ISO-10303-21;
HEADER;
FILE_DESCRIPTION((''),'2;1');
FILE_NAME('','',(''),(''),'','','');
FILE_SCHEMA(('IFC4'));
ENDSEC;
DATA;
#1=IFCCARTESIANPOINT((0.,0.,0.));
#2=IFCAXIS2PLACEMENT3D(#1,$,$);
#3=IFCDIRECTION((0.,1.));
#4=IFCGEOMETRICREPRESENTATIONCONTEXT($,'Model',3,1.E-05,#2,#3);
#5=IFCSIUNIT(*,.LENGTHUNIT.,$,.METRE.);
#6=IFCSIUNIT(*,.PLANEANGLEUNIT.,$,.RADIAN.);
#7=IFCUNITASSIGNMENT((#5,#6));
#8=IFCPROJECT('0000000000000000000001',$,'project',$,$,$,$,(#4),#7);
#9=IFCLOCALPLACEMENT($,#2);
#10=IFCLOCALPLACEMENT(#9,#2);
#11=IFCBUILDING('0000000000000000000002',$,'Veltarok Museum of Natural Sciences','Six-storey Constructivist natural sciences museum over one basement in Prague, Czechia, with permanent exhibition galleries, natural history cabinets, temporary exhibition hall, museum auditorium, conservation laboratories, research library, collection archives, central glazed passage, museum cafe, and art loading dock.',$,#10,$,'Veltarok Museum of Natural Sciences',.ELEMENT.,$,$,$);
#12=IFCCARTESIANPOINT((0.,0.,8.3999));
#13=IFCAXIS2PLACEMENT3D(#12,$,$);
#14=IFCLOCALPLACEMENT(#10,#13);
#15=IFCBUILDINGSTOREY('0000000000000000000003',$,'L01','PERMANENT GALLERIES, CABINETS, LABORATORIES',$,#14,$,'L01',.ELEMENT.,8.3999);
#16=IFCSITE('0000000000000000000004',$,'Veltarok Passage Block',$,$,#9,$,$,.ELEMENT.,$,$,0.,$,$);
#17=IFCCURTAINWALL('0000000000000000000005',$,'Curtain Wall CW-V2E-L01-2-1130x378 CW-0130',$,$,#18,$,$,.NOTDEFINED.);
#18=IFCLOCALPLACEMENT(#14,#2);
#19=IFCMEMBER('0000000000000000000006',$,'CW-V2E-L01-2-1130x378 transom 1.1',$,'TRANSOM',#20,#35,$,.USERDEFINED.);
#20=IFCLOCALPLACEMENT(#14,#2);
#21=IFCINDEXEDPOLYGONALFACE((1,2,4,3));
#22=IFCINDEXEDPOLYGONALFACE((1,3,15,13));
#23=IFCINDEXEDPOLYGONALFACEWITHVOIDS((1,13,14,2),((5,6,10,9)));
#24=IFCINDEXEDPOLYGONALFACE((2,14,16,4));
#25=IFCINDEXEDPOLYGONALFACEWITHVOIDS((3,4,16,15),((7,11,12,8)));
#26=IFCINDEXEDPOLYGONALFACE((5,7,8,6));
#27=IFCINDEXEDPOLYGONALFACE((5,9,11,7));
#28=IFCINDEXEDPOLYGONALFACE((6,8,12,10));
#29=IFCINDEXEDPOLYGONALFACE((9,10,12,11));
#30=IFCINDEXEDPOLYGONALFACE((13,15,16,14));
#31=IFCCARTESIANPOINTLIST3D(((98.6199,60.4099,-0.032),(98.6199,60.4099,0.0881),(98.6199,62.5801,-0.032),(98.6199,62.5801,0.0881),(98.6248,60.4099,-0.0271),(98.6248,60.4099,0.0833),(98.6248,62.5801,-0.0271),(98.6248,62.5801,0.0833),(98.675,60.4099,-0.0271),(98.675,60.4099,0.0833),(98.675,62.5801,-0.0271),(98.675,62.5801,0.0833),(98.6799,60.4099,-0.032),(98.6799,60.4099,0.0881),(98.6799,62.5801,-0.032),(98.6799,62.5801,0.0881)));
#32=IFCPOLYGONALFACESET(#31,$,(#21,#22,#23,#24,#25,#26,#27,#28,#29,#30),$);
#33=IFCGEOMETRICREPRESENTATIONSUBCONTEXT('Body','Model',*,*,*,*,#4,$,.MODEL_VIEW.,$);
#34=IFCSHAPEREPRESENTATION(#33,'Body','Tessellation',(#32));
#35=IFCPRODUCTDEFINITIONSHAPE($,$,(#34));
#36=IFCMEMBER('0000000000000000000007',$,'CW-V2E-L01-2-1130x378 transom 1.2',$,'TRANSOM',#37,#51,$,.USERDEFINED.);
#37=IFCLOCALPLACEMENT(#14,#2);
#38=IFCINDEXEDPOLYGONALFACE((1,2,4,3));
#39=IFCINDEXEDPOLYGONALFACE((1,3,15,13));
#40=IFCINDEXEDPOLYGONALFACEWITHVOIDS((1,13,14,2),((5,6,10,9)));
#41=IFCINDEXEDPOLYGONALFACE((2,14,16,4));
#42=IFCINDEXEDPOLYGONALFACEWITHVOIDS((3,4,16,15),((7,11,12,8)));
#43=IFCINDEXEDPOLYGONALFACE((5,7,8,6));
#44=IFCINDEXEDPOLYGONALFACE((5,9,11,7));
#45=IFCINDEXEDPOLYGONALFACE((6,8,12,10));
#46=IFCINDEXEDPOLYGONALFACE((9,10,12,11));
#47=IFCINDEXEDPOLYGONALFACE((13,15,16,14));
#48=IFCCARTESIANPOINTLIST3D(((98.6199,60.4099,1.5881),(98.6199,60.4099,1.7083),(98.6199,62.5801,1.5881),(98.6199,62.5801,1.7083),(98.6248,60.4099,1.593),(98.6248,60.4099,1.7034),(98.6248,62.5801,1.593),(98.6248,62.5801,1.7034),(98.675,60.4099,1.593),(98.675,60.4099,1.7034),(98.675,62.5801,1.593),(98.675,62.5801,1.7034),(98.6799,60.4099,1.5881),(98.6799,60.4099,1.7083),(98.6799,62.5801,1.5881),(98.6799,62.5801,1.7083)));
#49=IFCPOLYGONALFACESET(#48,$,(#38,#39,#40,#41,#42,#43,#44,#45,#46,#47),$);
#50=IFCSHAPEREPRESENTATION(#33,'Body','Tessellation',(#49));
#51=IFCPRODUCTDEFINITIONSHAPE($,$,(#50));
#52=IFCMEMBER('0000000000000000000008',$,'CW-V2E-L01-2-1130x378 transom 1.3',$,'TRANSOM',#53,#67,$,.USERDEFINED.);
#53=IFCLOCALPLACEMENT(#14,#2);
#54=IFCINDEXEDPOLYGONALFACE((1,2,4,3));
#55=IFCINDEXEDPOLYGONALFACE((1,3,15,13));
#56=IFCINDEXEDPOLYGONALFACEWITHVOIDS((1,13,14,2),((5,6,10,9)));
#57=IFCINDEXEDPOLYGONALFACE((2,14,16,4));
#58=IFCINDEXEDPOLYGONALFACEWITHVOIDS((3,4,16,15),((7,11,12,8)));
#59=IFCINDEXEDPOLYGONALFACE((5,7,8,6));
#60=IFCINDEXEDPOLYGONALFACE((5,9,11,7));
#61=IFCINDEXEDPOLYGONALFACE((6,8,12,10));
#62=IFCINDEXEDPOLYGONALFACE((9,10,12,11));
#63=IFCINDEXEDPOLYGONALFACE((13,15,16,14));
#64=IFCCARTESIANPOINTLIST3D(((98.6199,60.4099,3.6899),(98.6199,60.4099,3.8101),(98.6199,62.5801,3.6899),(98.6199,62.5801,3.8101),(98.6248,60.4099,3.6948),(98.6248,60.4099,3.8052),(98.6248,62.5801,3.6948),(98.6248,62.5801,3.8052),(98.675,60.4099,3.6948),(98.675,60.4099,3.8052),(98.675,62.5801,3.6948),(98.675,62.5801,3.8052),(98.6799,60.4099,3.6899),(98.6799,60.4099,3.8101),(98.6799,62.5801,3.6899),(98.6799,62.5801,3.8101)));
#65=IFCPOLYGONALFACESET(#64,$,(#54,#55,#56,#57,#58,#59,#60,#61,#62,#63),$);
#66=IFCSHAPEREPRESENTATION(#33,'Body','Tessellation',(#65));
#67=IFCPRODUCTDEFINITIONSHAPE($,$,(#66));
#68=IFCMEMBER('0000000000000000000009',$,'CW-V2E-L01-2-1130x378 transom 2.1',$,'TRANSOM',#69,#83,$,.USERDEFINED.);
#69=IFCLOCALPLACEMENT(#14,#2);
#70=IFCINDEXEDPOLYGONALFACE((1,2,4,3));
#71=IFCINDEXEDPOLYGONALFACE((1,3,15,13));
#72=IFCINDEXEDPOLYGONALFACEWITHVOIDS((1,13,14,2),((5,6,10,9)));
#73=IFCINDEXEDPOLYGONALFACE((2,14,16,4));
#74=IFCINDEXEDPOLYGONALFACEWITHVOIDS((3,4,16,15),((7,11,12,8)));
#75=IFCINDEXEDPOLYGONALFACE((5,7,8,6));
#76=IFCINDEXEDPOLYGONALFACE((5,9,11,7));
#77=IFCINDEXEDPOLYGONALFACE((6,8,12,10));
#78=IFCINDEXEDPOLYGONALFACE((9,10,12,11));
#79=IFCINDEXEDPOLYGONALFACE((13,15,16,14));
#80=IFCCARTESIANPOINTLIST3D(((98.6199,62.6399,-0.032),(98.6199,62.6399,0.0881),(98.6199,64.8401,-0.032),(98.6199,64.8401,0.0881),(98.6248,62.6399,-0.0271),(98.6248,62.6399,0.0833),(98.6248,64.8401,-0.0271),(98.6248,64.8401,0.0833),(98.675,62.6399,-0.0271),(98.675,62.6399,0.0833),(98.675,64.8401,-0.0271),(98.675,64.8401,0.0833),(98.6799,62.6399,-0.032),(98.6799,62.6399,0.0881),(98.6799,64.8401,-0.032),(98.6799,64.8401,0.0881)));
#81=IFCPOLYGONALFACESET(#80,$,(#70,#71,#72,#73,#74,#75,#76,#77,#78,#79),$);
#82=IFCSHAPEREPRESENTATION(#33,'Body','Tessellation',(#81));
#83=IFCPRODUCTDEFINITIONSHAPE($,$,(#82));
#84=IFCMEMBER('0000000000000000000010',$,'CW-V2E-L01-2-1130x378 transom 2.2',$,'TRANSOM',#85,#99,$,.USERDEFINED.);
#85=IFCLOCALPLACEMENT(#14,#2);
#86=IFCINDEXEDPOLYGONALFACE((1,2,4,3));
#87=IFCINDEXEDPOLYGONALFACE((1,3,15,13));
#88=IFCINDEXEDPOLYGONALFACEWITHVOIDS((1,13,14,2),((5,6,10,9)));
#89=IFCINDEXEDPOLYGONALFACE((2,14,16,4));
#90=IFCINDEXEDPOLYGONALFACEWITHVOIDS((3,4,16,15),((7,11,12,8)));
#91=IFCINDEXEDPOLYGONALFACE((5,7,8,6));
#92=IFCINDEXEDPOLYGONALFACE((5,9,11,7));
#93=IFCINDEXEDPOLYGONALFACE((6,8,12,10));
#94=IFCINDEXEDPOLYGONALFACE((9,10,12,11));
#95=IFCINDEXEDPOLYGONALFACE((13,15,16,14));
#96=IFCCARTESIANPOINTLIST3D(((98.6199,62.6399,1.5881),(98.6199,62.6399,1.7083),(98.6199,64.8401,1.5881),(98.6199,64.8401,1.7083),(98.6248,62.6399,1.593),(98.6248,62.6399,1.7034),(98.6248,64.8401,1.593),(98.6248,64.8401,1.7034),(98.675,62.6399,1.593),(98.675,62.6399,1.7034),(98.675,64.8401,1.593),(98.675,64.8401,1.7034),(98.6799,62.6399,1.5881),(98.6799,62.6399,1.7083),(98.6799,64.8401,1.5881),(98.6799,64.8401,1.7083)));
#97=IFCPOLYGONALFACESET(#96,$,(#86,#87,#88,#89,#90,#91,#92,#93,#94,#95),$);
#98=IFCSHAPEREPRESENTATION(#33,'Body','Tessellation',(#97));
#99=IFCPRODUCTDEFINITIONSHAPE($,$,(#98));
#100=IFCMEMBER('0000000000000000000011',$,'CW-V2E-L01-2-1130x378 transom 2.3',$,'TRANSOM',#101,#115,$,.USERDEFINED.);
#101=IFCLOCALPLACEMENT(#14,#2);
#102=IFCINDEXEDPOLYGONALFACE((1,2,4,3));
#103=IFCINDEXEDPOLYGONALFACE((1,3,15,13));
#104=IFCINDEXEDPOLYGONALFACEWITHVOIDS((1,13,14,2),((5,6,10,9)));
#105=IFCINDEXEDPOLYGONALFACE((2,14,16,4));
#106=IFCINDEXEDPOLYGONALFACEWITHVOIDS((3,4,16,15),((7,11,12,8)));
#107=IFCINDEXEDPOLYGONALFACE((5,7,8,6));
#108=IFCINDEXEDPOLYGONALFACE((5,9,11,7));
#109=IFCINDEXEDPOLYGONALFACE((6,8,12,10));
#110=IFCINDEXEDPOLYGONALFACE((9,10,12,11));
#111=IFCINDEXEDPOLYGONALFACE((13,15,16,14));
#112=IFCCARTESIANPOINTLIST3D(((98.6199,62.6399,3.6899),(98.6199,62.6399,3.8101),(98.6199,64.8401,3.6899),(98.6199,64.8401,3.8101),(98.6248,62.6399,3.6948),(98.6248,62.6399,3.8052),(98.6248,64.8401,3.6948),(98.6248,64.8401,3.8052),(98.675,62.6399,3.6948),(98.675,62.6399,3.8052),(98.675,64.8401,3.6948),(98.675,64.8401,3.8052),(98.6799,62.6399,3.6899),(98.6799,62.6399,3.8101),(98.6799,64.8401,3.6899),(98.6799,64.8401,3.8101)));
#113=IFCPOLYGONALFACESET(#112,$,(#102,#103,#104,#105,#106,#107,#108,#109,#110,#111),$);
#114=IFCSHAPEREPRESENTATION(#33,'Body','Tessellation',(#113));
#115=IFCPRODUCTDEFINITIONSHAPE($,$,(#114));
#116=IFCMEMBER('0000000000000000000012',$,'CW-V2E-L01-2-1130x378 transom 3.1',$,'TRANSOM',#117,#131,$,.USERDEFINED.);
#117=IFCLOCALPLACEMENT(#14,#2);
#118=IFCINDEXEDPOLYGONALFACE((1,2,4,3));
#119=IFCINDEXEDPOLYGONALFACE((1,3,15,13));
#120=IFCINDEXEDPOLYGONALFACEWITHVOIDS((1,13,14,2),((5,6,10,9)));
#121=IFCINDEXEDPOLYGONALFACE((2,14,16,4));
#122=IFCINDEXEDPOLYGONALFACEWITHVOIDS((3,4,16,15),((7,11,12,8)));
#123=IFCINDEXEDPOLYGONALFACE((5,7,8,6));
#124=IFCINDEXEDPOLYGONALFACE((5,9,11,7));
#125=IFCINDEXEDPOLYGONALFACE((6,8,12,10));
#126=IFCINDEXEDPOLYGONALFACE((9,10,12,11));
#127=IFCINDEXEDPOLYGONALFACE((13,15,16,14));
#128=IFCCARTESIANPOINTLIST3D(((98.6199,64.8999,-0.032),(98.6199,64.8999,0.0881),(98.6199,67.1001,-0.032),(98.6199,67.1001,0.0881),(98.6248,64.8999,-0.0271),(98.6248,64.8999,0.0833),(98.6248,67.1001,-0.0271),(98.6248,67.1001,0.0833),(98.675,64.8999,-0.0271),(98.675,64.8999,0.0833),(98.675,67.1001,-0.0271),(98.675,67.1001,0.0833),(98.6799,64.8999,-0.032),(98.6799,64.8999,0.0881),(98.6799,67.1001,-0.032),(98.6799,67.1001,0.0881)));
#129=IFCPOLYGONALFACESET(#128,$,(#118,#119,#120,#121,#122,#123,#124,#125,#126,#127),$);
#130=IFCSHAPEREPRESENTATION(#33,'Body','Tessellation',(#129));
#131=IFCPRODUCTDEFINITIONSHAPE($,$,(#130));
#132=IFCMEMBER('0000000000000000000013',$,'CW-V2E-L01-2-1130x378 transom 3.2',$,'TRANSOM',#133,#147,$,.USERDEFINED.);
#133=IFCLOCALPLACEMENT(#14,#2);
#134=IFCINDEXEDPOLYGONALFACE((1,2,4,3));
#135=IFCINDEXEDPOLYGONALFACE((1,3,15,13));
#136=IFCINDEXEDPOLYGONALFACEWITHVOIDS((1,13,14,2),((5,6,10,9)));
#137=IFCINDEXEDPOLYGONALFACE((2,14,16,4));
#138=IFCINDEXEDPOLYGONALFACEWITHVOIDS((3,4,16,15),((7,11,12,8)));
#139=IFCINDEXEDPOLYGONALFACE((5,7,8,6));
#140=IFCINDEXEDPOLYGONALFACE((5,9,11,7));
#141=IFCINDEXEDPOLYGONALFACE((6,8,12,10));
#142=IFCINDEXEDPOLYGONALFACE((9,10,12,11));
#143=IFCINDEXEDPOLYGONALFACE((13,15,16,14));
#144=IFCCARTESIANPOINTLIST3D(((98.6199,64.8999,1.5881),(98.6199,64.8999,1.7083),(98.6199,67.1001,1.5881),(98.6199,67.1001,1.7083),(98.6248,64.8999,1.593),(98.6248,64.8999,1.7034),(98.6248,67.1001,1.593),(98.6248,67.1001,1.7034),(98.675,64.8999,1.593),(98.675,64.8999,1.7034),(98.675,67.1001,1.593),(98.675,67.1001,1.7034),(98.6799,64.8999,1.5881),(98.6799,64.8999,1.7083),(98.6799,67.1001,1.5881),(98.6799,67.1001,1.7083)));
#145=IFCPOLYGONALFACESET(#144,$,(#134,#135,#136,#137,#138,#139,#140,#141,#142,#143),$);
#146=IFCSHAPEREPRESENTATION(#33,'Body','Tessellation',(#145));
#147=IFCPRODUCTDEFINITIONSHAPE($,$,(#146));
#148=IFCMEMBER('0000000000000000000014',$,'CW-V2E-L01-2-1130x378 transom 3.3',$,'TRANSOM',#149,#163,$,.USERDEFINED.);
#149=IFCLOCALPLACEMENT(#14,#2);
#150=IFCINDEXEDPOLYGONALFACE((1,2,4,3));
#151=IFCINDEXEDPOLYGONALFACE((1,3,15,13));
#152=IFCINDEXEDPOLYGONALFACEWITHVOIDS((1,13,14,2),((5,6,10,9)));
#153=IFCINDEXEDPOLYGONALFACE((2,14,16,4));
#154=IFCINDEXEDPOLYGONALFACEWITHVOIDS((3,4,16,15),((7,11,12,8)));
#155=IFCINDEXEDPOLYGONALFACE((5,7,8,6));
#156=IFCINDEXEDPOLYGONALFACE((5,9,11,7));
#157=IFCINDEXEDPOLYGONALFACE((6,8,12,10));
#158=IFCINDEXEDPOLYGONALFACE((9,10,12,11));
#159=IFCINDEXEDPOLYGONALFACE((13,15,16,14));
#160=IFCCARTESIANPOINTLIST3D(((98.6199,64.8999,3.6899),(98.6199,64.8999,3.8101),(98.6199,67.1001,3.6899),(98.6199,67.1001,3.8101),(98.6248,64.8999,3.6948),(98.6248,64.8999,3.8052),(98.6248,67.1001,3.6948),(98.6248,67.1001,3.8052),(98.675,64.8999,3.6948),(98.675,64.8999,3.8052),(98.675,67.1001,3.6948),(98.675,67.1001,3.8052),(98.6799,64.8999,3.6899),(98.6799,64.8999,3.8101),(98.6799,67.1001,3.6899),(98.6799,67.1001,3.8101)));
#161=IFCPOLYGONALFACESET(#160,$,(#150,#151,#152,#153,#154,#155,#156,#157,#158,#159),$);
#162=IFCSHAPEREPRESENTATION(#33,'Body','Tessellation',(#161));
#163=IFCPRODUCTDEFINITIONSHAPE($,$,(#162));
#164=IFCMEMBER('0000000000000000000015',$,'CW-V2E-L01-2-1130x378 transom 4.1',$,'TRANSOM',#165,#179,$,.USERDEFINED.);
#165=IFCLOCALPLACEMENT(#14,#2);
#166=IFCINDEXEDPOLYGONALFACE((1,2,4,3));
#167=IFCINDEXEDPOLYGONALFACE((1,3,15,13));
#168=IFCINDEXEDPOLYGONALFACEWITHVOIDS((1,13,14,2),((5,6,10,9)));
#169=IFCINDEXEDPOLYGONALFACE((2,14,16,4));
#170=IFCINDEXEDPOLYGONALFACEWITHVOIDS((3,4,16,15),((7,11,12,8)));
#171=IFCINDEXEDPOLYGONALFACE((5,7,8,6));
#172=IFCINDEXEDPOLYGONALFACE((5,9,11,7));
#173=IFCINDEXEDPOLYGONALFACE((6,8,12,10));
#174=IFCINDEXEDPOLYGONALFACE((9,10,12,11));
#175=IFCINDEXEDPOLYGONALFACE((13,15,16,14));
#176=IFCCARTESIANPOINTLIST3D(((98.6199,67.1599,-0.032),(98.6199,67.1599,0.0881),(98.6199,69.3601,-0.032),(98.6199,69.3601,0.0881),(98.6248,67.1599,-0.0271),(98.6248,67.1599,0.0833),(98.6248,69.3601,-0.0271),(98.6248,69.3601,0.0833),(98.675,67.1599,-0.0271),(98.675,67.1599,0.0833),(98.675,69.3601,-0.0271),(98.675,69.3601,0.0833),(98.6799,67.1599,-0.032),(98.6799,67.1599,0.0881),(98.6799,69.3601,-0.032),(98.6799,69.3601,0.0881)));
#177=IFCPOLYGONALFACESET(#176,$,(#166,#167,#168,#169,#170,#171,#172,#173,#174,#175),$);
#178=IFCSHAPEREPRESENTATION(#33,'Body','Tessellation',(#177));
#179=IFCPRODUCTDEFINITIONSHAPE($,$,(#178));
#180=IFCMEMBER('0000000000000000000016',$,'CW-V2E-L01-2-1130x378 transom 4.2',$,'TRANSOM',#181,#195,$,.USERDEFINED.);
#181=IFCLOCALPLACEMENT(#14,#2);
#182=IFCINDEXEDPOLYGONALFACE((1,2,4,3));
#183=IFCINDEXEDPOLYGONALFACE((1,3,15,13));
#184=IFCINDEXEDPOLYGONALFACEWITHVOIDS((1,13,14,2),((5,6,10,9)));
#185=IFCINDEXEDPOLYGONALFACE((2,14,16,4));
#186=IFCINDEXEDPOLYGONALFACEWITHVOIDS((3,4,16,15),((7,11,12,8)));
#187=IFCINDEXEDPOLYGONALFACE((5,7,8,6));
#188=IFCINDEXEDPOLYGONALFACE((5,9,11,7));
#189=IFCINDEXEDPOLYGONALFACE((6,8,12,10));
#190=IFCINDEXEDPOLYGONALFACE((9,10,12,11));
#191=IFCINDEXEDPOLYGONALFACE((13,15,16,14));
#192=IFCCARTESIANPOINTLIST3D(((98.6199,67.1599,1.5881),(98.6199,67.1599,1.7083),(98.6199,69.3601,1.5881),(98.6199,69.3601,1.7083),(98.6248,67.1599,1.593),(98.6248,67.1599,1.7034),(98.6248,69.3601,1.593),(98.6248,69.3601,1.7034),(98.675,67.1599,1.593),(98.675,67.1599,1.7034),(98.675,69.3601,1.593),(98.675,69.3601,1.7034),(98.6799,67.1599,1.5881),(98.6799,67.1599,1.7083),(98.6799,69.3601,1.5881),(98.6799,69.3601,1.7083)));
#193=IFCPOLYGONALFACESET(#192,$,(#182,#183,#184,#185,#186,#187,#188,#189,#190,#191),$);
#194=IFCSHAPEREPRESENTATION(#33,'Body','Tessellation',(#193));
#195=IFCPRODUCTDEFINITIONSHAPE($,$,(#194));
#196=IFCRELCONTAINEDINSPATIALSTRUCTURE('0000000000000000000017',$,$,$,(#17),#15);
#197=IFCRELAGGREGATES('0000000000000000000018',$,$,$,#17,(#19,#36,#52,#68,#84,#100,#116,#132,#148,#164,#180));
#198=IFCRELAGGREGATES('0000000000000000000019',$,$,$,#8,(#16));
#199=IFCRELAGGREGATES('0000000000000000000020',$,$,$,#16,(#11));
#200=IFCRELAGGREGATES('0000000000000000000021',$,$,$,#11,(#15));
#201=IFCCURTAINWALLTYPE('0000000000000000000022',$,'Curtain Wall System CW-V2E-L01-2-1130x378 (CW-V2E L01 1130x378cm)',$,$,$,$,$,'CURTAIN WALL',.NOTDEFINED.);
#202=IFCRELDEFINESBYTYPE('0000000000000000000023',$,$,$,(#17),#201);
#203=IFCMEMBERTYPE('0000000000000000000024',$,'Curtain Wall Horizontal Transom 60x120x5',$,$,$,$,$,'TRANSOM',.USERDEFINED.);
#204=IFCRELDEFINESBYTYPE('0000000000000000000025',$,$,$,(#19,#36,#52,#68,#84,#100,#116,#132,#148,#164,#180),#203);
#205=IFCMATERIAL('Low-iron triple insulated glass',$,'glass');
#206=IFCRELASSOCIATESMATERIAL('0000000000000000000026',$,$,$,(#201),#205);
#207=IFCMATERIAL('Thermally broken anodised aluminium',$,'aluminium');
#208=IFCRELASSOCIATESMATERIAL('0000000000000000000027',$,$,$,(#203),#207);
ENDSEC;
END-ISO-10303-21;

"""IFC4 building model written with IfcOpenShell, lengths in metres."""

from ifc_helpers import new_model, si_unit, direction, frame, origin, origin_2d, place, context, subcontext, project, spatial, hollow_rectangle, extrude, material, material_profile, profile_set, type_object, element, aggregate, save


model = new_model("IFC4")

# Units and contexts
model_context = context("Model", 3, precision=1e-05, world=origin(), true_north=direction((0.0, 1.0)))
body_context = subcontext(model_context, "Body", "Model", "MODEL_VIEW")
ifc_project = project(units=[si_unit("LENGTHUNIT", "METRE"), si_unit("PLANEANGLEUNIT", "RADIAN")], contexts=[model_context])

# Site, building, storey
site_placement = place(None, origin())
site = spatial("IfcSite", under=ifc_project, at=site_placement, Name="Veltarok Passage Block", CompositionType="ELEMENT", RefElevation=0.0)
building_placement = place(site_placement, origin())
building = spatial("IfcBuilding", under=site, at=building_placement, Name="Veltarok Museum of Natural Sciences", Description="Six-storey Constructivist natural sciences museum over one basement in Prague, Czechia, with permanent exhibition galleries, natural history cabinets, temporary exhibition hall, museum auditorium, conservation laboratories, research library, collection archives, central glazed passage, museum cafe, and art loading dock.", LongName="Veltarok Museum of Natural Sciences", CompositionType="ELEMENT")
storey_placement = place(building_placement, frame((0.0, 0.0, 8.3999)))
storey = spatial("IfcBuildingStorey", under=building, at=storey_placement, Name="L01", Description="PERMANENT GALLERIES, CABINETS, LABORATORIES", LongName="L01", CompositionType="ELEMENT", Elevation=8.3999)

# Curtain wall, members
ifc_material_1 = material(Name="Low-iron triple insulated glass", Category="glass")
curtain_wall_type_1 = type_object("IfcCurtainWallType", Name="Curtain Wall System CW-V2E-L01-2-1130x378 (CW-V2E L01 1130x378cm)", ElementType="CURTAIN WALL", PredefinedType="NOTDEFINED", material=ifc_material_1)
curtain_wall_1_placement = place(storey_placement, origin())
curtain_wall_1 = element("IfcCurtainWall", 1, at=curtain_wall_1_placement, inside=storey, type_object=curtain_wall_type_1, Name="Curtain Wall CW-V2E-L01-2-1130x378 CW-0130", PredefinedType="NOTDEFINED")
ifc_material_2 = material(Name="Thermally broken anodised aluminium", Category="aluminium")
ifc_material_profile_1 = material_profile(ifc_material_2, hollow_rectangle(XDim=0.0601, YDim=0.1201, WallThickness=0.0049, at=origin_2d()), Name="CW TRANSOM 60x120x5")
ifc_profile_set_1 = profile_set([ifc_material_profile_1], Name="Thermally broken anodised aluminium")
member_type_1 = type_object("IfcMemberType", Name="Curtain Wall Horizontal Transom 60x120x5", ElementType="TRANSOM", PredefinedType="USERDEFINED", material=ifc_profile_set_1)
member_1_placement = place(storey_placement, frame((98.6499, 60.4099, 0.0281), z_axis=(0.0, 1.0, 0.0), x_axis=(-1.0, 0.0, 0.0)))
member_1 = element("IfcMember", 2, at=member_1_placement, type_object=member_type_1, Name="CW-V2E-L01-2-1130x378 transom 1.1", ObjectType="TRANSOM", PredefinedType="USERDEFINED", context=body_context, shape_type="SweptSolid", body=[
    extrude(hollow_rectangle(XDim=0.0601, YDim=0.1201, WallThickness=0.0049, at=origin_2d()), origin(), (0.0, 0.0, 1.0), 2.1702),
])
member_2_placement = place(storey_placement, frame((98.6499, 60.4099, 1.6482), z_axis=(0.0, 1.0, 0.0), x_axis=(-1.0, 0.0, 0.0)))
member_2 = element("IfcMember", 3, at=member_2_placement, type_object=member_type_1, Name="CW-V2E-L01-2-1130x378 transom 1.2", ObjectType="TRANSOM", PredefinedType="USERDEFINED", context=body_context, shape_type="SweptSolid", body=[
    extrude(hollow_rectangle(XDim=0.0601, YDim=0.1201, WallThickness=0.0049, at=origin_2d()), origin(), (0.0, 0.0, 1.0), 2.1702),
])
member_3_placement = place(storey_placement, frame((98.6499, 60.4099, 3.75), z_axis=(0.0, 1.0, 0.0), x_axis=(-1.0, 0.0, 0.0)))
member_3 = element("IfcMember", 4, at=member_3_placement, type_object=member_type_1, Name="CW-V2E-L01-2-1130x378 transom 1.3", ObjectType="TRANSOM", PredefinedType="USERDEFINED", context=body_context, shape_type="SweptSolid", body=[
    extrude(hollow_rectangle(XDim=0.0601, YDim=0.1201, WallThickness=0.0049, at=origin_2d()), origin(), (0.0, 0.0, 1.0), 2.1702),
])
member_4_placement = place(storey_placement, frame((98.6499, 62.6399, 0.0281), z_axis=(0.0, 1.0, 0.0), x_axis=(-1.0, 0.0, 0.0)))
member_4 = element("IfcMember", 5, at=member_4_placement, type_object=member_type_1, Name="CW-V2E-L01-2-1130x378 transom 2.1", ObjectType="TRANSOM", PredefinedType="USERDEFINED", context=body_context, shape_type="SweptSolid", body=[
    extrude(hollow_rectangle(XDim=0.0601, YDim=0.1201, WallThickness=0.0049, at=origin_2d()), origin(), (0.0, 0.0, 1.0), 2.2002),
])
member_5_placement = place(storey_placement, frame((98.6499, 62.6399, 1.6482), z_axis=(0.0, 1.0, 0.0), x_axis=(-1.0, 0.0, 0.0)))
member_5 = element("IfcMember", 6, at=member_5_placement, type_object=member_type_1, Name="CW-V2E-L01-2-1130x378 transom 2.2", ObjectType="TRANSOM", PredefinedType="USERDEFINED", context=body_context, shape_type="SweptSolid", body=[
    extrude(hollow_rectangle(XDim=0.0601, YDim=0.1201, WallThickness=0.0049, at=origin_2d()), origin(), (0.0, 0.0, 1.0), 2.2002),
])
member_6_placement = place(storey_placement, frame((98.6499, 62.6399, 3.75), z_axis=(0.0, 1.0, 0.0), x_axis=(-1.0, 0.0, 0.0)))
member_6 = element("IfcMember", 7, at=member_6_placement, type_object=member_type_1, Name="CW-V2E-L01-2-1130x378 transom 2.3", ObjectType="TRANSOM", PredefinedType="USERDEFINED", context=body_context, shape_type="SweptSolid", body=[
    extrude(hollow_rectangle(XDim=0.0601, YDim=0.1201, WallThickness=0.0049, at=origin_2d()), origin(), (0.0, 0.0, 1.0), 2.2002),
])
member_7_placement = place(storey_placement, frame((98.6499, 64.8999, 0.0281), z_axis=(0.0, 1.0, 0.0), x_axis=(-1.0, 0.0, 0.0)))
member_7 = element("IfcMember", 8, at=member_7_placement, type_object=member_type_1, Name="CW-V2E-L01-2-1130x378 transom 3.1", ObjectType="TRANSOM", PredefinedType="USERDEFINED", context=body_context, shape_type="SweptSolid", body=[
    extrude(hollow_rectangle(XDim=0.0601, YDim=0.1201, WallThickness=0.0049, at=origin_2d()), origin(), (0.0, 0.0, 1.0), 2.2002),
])
member_8_placement = place(storey_placement, frame((98.6499, 64.8999, 1.6482), z_axis=(0.0, 1.0, 0.0), x_axis=(-1.0, 0.0, 0.0)))
member_8 = element("IfcMember", 9, at=member_8_placement, type_object=member_type_1, Name="CW-V2E-L01-2-1130x378 transom 3.2", ObjectType="TRANSOM", PredefinedType="USERDEFINED", context=body_context, shape_type="SweptSolid", body=[
    extrude(hollow_rectangle(XDim=0.0601, YDim=0.1201, WallThickness=0.0049, at=origin_2d()), origin(), (0.0, 0.0, 1.0), 2.2002),
])
member_9_placement = place(storey_placement, frame((98.6499, 64.8999, 3.75), z_axis=(0.0, 1.0, 0.0), x_axis=(-1.0, 0.0, 0.0)))
member_9 = element("IfcMember", 10, at=member_9_placement, type_object=member_type_1, Name="CW-V2E-L01-2-1130x378 transom 3.3", ObjectType="TRANSOM", PredefinedType="USERDEFINED", context=body_context, shape_type="SweptSolid", body=[
    extrude(hollow_rectangle(XDim=0.0601, YDim=0.1201, WallThickness=0.0049, at=origin_2d()), origin(), (0.0, 0.0, 1.0), 2.2002),
])
member_10_placement = place(storey_placement, frame((98.6499, 67.1599, 0.0281), z_axis=(0.0, 1.0, 0.0), x_axis=(-1.0, 0.0, 0.0)))
member_10 = element("IfcMember", 11, at=member_10_placement, type_object=member_type_1, Name="CW-V2E-L01-2-1130x378 transom 4.1", ObjectType="TRANSOM", PredefinedType="USERDEFINED", context=body_context, shape_type="SweptSolid", body=[
    extrude(hollow_rectangle(XDim=0.0601, YDim=0.1201, WallThickness=0.0049, at=origin_2d()), origin(), (0.0, 0.0, 1.0), 2.2002),
])
member_11_placement = place(storey_placement, frame((98.6499, 67.1599, 1.6482), z_axis=(0.0, 1.0, 0.0), x_axis=(-1.0, 0.0, 0.0)))
member_11 = element("IfcMember", 12, at=member_11_placement, type_object=member_type_1, Name="CW-V2E-L01-2-1130x378 transom 4.2", ObjectType="TRANSOM", PredefinedType="USERDEFINED", context=body_context, shape_type="SweptSolid", body=[
    extrude(hollow_rectangle(XDim=0.0601, YDim=0.1201, WallThickness=0.0049, at=origin_2d()), origin(), (0.0, 0.0, 1.0), 2.2002),
])

aggregate(curtain_wall_1, [member_1, member_2, member_3, member_4, member_5, member_6, member_7, member_8, member_9, member_10, member_11])

save(model, "model.ifc")
